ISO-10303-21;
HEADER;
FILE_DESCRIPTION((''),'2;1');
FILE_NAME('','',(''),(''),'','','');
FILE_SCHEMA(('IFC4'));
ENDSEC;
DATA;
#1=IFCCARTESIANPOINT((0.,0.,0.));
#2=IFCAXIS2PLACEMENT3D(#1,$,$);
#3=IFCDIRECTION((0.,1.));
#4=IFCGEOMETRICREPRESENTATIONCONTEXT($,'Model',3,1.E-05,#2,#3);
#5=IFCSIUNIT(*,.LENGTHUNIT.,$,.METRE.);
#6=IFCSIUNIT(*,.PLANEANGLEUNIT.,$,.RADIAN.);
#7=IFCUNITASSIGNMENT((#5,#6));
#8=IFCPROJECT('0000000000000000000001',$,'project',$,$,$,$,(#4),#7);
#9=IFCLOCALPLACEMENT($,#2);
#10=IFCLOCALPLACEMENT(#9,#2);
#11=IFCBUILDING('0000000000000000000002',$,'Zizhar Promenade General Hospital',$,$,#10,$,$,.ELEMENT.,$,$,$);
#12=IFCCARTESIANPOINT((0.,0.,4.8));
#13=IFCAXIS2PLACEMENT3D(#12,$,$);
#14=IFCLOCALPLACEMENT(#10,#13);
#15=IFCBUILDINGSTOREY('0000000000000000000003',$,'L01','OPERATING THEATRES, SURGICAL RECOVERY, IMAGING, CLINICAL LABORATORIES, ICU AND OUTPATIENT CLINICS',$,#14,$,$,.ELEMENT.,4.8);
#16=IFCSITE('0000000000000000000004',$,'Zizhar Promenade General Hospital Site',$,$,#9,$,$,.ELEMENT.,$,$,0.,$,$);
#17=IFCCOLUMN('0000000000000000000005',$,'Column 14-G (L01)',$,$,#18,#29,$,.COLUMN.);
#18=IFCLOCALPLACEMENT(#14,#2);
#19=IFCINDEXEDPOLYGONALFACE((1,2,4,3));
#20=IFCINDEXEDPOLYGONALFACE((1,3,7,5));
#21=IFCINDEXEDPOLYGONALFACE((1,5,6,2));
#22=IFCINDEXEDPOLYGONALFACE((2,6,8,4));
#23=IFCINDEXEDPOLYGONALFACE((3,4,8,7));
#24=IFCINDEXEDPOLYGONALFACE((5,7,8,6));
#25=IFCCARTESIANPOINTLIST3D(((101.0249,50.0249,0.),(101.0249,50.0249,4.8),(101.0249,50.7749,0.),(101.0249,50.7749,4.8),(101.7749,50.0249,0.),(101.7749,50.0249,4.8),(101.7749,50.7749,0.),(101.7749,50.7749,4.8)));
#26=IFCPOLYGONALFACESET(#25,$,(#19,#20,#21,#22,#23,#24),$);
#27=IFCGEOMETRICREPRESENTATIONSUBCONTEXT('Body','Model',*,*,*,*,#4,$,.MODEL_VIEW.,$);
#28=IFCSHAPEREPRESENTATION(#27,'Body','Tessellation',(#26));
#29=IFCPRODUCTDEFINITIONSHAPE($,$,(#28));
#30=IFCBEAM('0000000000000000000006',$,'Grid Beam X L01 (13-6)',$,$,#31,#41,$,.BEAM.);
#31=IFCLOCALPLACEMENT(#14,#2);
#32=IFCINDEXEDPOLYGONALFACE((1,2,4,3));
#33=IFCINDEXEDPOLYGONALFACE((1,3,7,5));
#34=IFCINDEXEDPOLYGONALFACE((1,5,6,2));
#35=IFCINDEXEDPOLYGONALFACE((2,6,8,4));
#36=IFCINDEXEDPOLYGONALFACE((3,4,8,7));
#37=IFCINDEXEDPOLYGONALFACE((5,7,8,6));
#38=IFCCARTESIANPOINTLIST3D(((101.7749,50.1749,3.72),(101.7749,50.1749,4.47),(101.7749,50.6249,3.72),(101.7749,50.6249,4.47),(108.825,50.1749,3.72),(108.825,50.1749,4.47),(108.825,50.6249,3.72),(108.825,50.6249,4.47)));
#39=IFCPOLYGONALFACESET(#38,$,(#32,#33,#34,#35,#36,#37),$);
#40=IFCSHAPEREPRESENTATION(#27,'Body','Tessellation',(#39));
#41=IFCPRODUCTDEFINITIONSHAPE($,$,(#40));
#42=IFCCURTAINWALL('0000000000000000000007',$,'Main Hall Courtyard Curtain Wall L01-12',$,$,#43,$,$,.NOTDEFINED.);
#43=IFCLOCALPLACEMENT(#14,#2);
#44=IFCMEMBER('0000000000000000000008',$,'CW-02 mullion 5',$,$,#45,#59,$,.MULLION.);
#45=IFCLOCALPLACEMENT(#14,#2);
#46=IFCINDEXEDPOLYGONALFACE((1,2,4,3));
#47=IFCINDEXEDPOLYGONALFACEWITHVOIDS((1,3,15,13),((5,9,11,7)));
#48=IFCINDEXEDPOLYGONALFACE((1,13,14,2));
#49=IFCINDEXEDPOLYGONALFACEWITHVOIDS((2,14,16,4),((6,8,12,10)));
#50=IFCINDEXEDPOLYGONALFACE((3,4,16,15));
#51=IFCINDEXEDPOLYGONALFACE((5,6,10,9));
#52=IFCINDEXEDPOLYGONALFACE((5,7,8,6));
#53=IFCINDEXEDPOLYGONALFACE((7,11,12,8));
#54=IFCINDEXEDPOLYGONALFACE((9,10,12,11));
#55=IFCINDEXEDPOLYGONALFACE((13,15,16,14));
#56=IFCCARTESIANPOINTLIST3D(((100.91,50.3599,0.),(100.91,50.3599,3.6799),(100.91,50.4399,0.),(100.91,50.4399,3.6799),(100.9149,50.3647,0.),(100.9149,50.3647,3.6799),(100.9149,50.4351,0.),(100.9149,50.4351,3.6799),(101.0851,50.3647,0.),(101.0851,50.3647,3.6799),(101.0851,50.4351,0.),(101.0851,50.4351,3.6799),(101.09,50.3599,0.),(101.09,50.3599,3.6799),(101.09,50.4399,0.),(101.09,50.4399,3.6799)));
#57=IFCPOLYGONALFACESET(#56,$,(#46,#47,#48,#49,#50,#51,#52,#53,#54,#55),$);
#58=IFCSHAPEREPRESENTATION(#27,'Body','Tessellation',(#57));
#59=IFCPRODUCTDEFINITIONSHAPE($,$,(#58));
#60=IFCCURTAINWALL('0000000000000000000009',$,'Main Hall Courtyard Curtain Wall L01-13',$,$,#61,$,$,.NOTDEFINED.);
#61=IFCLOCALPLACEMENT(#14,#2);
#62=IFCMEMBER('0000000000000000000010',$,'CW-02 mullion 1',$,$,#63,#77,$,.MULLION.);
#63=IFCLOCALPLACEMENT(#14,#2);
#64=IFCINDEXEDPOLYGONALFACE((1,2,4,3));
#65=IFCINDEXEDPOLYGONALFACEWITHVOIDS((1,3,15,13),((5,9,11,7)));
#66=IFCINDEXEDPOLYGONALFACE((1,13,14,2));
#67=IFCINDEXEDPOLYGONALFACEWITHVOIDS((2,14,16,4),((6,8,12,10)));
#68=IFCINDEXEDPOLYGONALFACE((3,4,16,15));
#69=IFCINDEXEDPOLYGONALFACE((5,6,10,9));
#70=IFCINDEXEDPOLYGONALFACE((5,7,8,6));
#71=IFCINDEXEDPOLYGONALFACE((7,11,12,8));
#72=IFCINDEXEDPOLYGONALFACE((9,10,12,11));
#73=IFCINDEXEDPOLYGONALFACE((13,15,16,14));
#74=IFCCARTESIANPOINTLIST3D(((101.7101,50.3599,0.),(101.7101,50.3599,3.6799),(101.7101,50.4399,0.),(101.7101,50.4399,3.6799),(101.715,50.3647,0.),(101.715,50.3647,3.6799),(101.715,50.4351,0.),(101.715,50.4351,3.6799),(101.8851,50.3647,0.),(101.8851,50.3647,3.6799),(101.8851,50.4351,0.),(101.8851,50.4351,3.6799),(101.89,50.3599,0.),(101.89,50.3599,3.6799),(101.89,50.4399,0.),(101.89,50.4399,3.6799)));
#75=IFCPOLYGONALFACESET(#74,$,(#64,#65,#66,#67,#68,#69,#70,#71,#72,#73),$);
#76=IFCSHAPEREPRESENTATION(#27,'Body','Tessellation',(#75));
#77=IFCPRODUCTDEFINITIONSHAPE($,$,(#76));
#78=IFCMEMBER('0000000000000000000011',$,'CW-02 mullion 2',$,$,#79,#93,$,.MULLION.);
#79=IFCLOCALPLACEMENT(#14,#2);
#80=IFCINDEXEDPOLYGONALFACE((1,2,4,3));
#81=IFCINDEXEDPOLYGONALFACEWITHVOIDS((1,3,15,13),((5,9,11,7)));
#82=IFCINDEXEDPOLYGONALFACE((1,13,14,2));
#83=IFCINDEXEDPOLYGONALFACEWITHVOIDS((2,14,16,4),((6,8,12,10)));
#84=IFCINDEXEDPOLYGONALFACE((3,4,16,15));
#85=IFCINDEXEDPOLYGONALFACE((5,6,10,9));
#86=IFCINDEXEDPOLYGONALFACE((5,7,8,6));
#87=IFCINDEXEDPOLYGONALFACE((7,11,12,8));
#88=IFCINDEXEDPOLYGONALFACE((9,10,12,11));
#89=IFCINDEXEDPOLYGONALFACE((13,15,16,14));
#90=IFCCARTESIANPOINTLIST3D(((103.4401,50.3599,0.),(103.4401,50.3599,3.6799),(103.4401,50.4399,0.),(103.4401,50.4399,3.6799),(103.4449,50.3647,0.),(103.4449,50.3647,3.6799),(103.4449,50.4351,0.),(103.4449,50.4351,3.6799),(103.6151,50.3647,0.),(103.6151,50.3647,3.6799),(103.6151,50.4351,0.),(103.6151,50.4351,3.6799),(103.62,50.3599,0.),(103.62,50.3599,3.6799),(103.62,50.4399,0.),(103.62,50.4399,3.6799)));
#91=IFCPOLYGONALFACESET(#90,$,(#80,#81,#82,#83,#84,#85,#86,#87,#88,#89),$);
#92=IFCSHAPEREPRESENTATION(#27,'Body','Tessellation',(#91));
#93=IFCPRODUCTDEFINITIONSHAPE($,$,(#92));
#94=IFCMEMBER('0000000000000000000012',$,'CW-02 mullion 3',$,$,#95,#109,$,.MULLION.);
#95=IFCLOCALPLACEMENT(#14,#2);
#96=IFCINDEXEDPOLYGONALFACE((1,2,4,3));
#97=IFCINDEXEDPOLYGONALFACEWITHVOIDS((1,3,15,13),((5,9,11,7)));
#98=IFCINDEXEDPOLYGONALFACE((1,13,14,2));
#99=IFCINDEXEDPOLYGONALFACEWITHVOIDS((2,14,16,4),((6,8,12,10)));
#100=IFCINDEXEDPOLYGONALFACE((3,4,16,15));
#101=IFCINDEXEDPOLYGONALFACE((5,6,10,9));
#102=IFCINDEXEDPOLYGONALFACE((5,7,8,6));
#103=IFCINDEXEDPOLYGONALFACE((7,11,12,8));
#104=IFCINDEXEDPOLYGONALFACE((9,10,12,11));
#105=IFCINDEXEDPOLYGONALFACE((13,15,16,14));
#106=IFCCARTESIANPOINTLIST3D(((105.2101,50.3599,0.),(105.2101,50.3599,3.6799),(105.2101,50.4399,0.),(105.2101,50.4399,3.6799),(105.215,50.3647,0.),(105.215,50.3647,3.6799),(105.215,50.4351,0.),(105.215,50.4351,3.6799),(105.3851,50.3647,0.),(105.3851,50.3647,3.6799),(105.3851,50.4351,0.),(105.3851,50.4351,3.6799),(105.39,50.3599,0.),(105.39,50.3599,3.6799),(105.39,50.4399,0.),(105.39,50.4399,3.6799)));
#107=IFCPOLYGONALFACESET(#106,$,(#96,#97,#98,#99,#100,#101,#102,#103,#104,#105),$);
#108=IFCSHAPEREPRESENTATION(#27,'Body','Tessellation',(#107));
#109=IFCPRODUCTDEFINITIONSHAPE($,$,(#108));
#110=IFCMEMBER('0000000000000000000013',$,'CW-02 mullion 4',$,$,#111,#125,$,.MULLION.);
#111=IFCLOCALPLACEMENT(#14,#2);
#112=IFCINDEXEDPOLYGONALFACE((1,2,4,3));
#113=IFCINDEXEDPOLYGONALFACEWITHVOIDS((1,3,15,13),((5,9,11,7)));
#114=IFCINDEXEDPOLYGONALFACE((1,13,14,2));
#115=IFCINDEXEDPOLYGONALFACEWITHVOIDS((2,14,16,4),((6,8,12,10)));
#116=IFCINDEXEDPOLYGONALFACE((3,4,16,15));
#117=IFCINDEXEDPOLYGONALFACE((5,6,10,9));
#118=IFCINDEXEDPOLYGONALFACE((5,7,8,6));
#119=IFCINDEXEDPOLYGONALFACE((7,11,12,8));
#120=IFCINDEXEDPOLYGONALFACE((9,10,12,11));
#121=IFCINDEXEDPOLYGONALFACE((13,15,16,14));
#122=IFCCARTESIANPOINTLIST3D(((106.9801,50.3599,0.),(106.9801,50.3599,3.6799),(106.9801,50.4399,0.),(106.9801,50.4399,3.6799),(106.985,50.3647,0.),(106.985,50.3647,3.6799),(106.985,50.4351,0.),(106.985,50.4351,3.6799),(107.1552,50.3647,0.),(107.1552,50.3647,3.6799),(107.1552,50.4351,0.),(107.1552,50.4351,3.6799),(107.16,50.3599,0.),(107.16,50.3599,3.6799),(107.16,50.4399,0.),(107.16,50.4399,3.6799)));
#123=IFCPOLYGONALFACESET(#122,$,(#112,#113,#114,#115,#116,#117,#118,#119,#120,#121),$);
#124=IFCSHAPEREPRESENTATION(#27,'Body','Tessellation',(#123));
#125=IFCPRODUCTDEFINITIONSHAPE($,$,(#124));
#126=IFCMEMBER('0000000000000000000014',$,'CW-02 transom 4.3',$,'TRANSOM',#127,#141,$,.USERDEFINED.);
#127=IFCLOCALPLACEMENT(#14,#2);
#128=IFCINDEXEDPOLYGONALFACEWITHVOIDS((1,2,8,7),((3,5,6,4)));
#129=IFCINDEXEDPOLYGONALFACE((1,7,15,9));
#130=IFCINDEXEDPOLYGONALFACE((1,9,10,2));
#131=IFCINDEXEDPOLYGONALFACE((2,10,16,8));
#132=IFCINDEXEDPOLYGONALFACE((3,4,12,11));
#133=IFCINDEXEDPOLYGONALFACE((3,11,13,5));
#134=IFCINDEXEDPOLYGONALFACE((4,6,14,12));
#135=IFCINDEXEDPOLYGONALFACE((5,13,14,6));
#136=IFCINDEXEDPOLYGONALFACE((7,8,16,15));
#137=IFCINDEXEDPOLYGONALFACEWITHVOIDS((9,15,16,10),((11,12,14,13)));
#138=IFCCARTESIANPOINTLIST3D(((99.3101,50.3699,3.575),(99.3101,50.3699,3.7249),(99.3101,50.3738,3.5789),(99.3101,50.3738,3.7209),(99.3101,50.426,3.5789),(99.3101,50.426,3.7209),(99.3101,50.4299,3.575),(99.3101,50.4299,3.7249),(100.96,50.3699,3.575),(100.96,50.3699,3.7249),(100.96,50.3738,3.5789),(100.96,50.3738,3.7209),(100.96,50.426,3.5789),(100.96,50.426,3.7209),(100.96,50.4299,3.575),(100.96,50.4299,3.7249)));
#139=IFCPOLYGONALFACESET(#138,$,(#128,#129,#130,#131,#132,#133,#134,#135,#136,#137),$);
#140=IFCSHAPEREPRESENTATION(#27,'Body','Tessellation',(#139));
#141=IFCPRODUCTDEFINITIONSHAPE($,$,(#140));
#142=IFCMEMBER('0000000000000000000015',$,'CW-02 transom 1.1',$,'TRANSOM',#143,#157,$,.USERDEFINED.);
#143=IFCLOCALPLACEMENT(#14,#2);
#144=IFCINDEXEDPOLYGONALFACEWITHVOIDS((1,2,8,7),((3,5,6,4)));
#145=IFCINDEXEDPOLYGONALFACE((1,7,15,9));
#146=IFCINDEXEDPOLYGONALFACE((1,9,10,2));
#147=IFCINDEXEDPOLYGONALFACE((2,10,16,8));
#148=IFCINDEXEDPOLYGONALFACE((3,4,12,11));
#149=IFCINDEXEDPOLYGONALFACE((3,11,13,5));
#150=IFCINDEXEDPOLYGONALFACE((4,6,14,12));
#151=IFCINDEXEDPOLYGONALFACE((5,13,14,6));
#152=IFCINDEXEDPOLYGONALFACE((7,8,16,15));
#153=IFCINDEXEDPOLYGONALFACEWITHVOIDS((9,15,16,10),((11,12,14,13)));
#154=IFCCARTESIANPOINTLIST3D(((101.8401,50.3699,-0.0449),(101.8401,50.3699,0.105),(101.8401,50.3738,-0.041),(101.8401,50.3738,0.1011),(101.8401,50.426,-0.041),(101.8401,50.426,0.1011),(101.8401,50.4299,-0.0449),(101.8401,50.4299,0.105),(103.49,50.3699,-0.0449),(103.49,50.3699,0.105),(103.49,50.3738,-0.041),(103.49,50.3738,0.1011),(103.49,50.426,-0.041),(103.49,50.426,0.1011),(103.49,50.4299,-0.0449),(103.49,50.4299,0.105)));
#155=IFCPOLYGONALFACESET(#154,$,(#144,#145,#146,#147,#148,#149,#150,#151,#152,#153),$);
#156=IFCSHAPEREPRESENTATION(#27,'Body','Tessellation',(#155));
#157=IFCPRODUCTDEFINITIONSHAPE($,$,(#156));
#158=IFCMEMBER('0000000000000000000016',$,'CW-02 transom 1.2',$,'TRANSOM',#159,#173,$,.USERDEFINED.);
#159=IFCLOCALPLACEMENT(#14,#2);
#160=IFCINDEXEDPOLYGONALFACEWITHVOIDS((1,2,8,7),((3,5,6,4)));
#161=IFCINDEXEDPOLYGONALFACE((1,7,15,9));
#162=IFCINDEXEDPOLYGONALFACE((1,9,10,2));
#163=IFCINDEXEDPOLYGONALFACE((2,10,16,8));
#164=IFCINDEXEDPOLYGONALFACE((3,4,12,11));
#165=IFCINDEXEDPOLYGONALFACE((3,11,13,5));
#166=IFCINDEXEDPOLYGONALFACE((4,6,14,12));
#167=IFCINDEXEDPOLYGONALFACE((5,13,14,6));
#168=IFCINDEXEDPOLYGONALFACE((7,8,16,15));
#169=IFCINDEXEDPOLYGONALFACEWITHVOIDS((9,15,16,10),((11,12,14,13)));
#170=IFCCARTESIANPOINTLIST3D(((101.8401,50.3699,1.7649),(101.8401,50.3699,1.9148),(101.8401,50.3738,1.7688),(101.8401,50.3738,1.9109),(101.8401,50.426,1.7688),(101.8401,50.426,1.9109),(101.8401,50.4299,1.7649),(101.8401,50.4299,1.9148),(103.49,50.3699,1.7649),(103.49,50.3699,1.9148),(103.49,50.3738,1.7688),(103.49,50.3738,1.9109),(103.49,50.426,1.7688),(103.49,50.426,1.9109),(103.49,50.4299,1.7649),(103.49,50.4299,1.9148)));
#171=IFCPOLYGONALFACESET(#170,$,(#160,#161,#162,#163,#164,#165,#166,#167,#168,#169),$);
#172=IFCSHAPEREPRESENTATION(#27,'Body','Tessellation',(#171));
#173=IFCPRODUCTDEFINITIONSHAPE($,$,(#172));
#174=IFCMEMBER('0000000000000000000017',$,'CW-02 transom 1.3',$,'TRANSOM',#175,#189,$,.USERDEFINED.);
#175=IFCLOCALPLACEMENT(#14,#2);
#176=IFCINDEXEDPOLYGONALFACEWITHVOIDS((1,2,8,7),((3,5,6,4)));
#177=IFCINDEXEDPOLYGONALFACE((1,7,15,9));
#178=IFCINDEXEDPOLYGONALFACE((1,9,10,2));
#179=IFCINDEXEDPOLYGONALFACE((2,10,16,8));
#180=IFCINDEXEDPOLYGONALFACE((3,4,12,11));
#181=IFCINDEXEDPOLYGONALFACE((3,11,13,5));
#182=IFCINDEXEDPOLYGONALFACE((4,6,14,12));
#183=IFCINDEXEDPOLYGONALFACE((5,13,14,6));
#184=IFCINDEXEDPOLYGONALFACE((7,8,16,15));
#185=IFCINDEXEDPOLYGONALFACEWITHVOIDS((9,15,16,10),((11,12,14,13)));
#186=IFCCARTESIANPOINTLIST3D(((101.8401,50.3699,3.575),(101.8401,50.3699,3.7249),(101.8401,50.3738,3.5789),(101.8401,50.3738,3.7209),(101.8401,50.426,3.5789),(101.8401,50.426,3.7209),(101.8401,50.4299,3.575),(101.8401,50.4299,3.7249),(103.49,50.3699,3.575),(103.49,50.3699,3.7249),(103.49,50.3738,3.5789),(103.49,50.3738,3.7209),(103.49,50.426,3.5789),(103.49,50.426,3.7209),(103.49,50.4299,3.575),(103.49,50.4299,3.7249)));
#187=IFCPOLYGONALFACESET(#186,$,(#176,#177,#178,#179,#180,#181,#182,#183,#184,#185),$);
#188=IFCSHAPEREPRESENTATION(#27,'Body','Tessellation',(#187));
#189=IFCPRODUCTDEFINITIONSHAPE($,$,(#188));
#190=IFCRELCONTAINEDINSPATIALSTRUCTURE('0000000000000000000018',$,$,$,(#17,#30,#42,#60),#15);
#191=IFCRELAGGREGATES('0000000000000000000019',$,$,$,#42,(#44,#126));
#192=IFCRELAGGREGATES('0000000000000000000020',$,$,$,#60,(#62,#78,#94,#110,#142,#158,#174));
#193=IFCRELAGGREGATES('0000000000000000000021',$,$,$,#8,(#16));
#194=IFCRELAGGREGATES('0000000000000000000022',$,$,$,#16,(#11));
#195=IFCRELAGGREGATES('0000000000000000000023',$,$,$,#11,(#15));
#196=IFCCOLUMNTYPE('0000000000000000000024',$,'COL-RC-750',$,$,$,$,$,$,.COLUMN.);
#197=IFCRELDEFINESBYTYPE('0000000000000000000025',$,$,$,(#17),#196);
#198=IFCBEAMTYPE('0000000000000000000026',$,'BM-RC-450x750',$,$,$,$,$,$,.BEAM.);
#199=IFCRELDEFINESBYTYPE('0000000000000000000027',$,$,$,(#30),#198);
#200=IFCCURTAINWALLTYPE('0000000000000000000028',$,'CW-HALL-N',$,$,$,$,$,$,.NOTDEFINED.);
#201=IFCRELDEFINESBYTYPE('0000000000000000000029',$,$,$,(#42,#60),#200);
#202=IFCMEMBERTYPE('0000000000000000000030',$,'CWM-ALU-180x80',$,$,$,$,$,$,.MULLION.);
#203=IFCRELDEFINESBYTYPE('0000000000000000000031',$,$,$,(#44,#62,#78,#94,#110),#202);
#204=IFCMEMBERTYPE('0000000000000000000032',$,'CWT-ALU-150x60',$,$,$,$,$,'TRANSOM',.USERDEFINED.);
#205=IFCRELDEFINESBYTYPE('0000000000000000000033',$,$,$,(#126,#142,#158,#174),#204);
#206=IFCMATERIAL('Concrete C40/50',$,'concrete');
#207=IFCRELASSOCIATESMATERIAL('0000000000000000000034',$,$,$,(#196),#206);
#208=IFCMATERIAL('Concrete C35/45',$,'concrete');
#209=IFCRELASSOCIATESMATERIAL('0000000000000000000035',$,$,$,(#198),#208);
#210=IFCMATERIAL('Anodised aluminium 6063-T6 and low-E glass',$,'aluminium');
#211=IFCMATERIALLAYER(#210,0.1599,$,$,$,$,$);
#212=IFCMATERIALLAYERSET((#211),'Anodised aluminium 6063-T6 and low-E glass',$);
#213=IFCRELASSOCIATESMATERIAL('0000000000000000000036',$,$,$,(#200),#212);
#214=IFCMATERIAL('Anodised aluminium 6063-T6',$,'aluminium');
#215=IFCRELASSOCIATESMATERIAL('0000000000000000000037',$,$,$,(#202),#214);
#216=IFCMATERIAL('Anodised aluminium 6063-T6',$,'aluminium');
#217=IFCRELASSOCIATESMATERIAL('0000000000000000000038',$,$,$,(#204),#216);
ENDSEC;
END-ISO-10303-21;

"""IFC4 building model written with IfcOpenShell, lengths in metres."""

from ifc_helpers import new_model, si_unit, direction, frame, origin, origin_2d, place, context, subcontext, project, spatial, rectangle, hollow_rectangle, extrude, material, layer, layer_set, material_profile, profile_set, type_object, element, aggregate, save


model = new_model("IFC4")

# Units and contexts
model_context = context("Model", 3, precision=1e-05, world=origin(), true_north=direction((0.0, 1.0)))
body_context = subcontext(model_context, "Body", "Model", "MODEL_VIEW")
ifc_project = project(units=[si_unit("LENGTHUNIT", "METRE"), si_unit("PLANEANGLEUNIT", "RADIAN")], contexts=[model_context])

# Site, building, storey
site_placement = place(None, origin())
site = spatial("IfcSite", under=ifc_project, at=site_placement, Name="Zizhar Promenade General Hospital Site", CompositionType="ELEMENT", RefElevation=0.0)
building_placement = place(site_placement, origin())
building = spatial("IfcBuilding", under=site, at=building_placement, Name="Zizhar Promenade General Hospital", CompositionType="ELEMENT")
storey_placement = place(building_placement, frame((0.0, 0.0, 4.8)))
storey = spatial("IfcBuildingStorey", under=building, at=storey_placement, Name="L01", Description="OPERATING THEATRES, SURGICAL RECOVERY, IMAGING, CLINICAL LABORATORIES, ICU AND OUTPATIENT CLINICS", CompositionType="ELEMENT", Elevation=4.8)

# Column
ifc_material_1 = material(Name="Concrete C40/50", Category="concrete")
ifc_material_profile_1 = material_profile(ifc_material_1, rectangle(XDim=0.75, YDim=0.75, at=origin_2d()))
ifc_profile_set_1 = profile_set([ifc_material_profile_1], Name="Concrete C40/50")
column_type = type_object("IfcColumnType", Name="COL-RC-750", PredefinedType="COLUMN", material=ifc_profile_set_1)
column_placement = place(storey_placement, frame((101.3999, 50.3999, 0.0), z_axis=(0.0, 0.0, 1.0), x_axis=(1.0, 0.0, 0.0)))
element("IfcColumn", 1, at=column_placement, inside=storey, type_object=column_type, Name="Column 14-G (L01)", PredefinedType="COLUMN", context=body_context, shape_type="SweptSolid", body=[
    extrude(rectangle(XDim=0.75, YDim=0.75, at=origin_2d()), origin(), (0.0, 0.0, 1.0), 4.8),
])

# Beam
ifc_material_2 = material(Name="Concrete C35/45", Category="concrete")
ifc_material_profile_2 = material_profile(ifc_material_2, rectangle(XDim=0.45, YDim=0.75, at=origin_2d()))
ifc_profile_set_2 = profile_set([ifc_material_profile_2], Name="Concrete C35/45")
beam_type = type_object("IfcBeamType", Name="BM-RC-450x750", PredefinedType="BEAM", material=ifc_profile_set_2)
beam_placement = place(storey_placement, frame((101.7749, 50.3999, 4.095), z_axis=(1.0, 0.0, 0.0), x_axis=(0.0, 1.0, 0.0)))
element("IfcBeam", 2, at=beam_placement, inside=storey, type_object=beam_type, Name="Grid Beam X L01 (13-6)", PredefinedType="BEAM", context=body_context, shape_type="SweptSolid", body=[
    extrude(rectangle(XDim=0.45, YDim=0.75, at=origin_2d()), origin(), (0.0, 0.0, 1.0), 7.05),
])

# Curtain wall, member
ifc_material_3 = material(Name="Anodised aluminium 6063-T6 and low-E glass", Category="aluminium")
ifc_layer_1 = layer(ifc_material_3, 0.1599)
ifc_layer_set_1 = layer_set([ifc_layer_1], Name="Anodised aluminium 6063-T6 and low-E glass")
curtain_wall_type = type_object("IfcCurtainWallType", Name="CW-HALL-N", PredefinedType="NOTDEFINED", material=ifc_layer_set_1)
curtain_wall_1_placement = place(storey_placement, origin())
curtain_wall_1 = element("IfcCurtainWall", 3, at=curtain_wall_1_placement, inside=storey, type_object=curtain_wall_type, Name="Main Hall Courtyard Curtain Wall L01-12", PredefinedType="NOTDEFINED")
ifc_material_4 = material(Name="Anodised aluminium 6063-T6", Category="aluminium")
ifc_material_profile_3 = material_profile(ifc_material_4, hollow_rectangle(XDim=0.0801, YDim=0.1799, WallThickness=0.0049, at=origin_2d()))
ifc_profile_set_3 = profile_set([ifc_material_profile_3], Name="Anodised aluminium 6063-T6")
member_type_1 = type_object("IfcMemberType", Name="CWM-ALU-180x80", PredefinedType="MULLION", material=ifc_profile_set_3)
member_1_placement = place(storey_placement, frame((101.0, 50.3999, 0.0), z_axis=(0.0, 0.0, 1.0), x_axis=(0.0, 1.0, 0.0)))
member_1 = element("IfcMember", 4, at=member_1_placement, type_object=member_type_1, Name="CW-02 mullion 5", PredefinedType="MULLION", context=body_context, shape_type="SweptSolid", body=[
    extrude(hollow_rectangle(XDim=0.0801, YDim=0.1799, WallThickness=0.0049, at=origin_2d()), origin(), (0.0, 0.0, 1.0), 3.6799),
])

# Curtain wall, members
curtain_wall_2_placement = place(storey_placement, origin())
curtain_wall_2 = element("IfcCurtainWall", 5, at=curtain_wall_2_placement, inside=storey, type_object=curtain_wall_type, Name="Main Hall Courtyard Curtain Wall L01-13", PredefinedType="NOTDEFINED")
member_2_placement = place(storey_placement, frame((101.8, 50.3999, 0.0), z_axis=(0.0, 0.0, 1.0), x_axis=(0.0, 1.0, 0.0)))
member_2 = element("IfcMember", 6, at=member_2_placement, type_object=member_type_1, Name="CW-02 mullion 1", PredefinedType="MULLION", context=body_context, shape_type="SweptSolid", body=[
    extrude(hollow_rectangle(XDim=0.0801, YDim=0.1799, WallThickness=0.0049, at=origin_2d()), origin(), (0.0, 0.0, 1.0), 3.6799),
])
member_3_placement = place(storey_placement, frame((103.53, 50.3999, 0.0), z_axis=(0.0, 0.0, 1.0), x_axis=(0.0, 1.0, 0.0)))
member_3 = element("IfcMember", 7, at=member_3_placement, type_object=member_type_1, Name="CW-02 mullion 2", PredefinedType="MULLION", context=body_context, shape_type="SweptSolid", body=[
    extrude(hollow_rectangle(XDim=0.0801, YDim=0.1799, WallThickness=0.0049, at=origin_2d()), origin(), (0.0, 0.0, 1.0), 3.6799),
])
member_4_placement = place(storey_placement, frame((105.3, 50.3999, 0.0), z_axis=(0.0, 0.0, 1.0), x_axis=(0.0, 1.0, 0.0)))
member_4 = element("IfcMember", 8, at=member_4_placement, type_object=member_type_1, Name="CW-02 mullion 3", PredefinedType="MULLION", context=body_context, shape_type="SweptSolid", body=[
    extrude(hollow_rectangle(XDim=0.0801, YDim=0.1799, WallThickness=0.0049, at=origin_2d()), origin(), (0.0, 0.0, 1.0), 3.6799),
])
member_5_placement = place(storey_placement, frame((107.0701, 50.3999, 0.0), z_axis=(0.0, 0.0, 1.0), x_axis=(0.0, 1.0, 0.0)))
member_5 = element("IfcMember", 9, at=member_5_placement, type_object=member_type_1, Name="CW-02 mullion 4", PredefinedType="MULLION", context=body_context, shape_type="SweptSolid", body=[
    extrude(hollow_rectangle(XDim=0.0801, YDim=0.1799, WallThickness=0.0049, at=origin_2d()), origin(), (0.0, 0.0, 1.0), 3.6799),
])

# Members
ifc_material_5 = material(Name="Anodised aluminium 6063-T6", Category="aluminium")
ifc_material_profile_4 = material_profile(ifc_material_5, hollow_rectangle(XDim=0.0601, YDim=0.1499, WallThickness=0.0039, at=origin_2d()))
ifc_profile_set_4 = profile_set([ifc_material_profile_4], Name="Anodised aluminium 6063-T6")
member_type_2 = type_object("IfcMemberType", Name="CWT-ALU-150x60", ElementType="TRANSOM", PredefinedType="USERDEFINED", material=ifc_profile_set_4)
member_6_placement = place(storey_placement, frame((99.3101, 50.3999, 3.6499), z_axis=(1.0, 0.0, 0.0), x_axis=(0.0, 1.0, 0.0)))
member_6 = element("IfcMember", 10, at=member_6_placement, type_object=member_type_2, Name="CW-02 transom 4.3", ObjectType="TRANSOM", PredefinedType="USERDEFINED", context=body_context, shape_type="SweptSolid", body=[
    extrude(hollow_rectangle(XDim=0.0601, YDim=0.1499, WallThickness=0.0039, at=origin_2d()), origin(), (0.0, 0.0, 1.0), 1.6499),
])
member_7_placement = place(storey_placement, frame((101.8401, 50.3999, 0.03), z_axis=(1.0, 0.0, 0.0), x_axis=(0.0, 1.0, 0.0)))
member_7 = element("IfcMember", 11, at=member_7_placement, type_object=member_type_2, Name="CW-02 transom 1.1", ObjectType="TRANSOM", PredefinedType="USERDEFINED", context=body_context, shape_type="SweptSolid", body=[
    extrude(hollow_rectangle(XDim=0.0601, YDim=0.1499, WallThickness=0.0039, at=origin_2d()), origin(), (0.0, 0.0, 1.0), 1.6499),
])
member_8_placement = place(storey_placement, frame((101.8401, 50.3999, 1.8398), z_axis=(1.0, 0.0, 0.0), x_axis=(0.0, 1.0, 0.0)))
member_8 = element("IfcMember", 12, at=member_8_placement, type_object=member_type_2, Name="CW-02 transom 1.2", ObjectType="TRANSOM", PredefinedType="USERDEFINED", context=body_context, shape_type="SweptSolid", body=[
    extrude(hollow_rectangle(XDim=0.0601, YDim=0.1499, WallThickness=0.0039, at=origin_2d()), origin(), (0.0, 0.0, 1.0), 1.6499),
])
member_9_placement = place(storey_placement, frame((101.8401, 50.3999, 3.6499), z_axis=(1.0, 0.0, 0.0), x_axis=(0.0, 1.0, 0.0)))
member_9 = element("IfcMember", 13, at=member_9_placement, type_object=member_type_2, Name="CW-02 transom 1.3", ObjectType="TRANSOM", PredefinedType="USERDEFINED", context=body_context, shape_type="SweptSolid", body=[
    extrude(hollow_rectangle(XDim=0.0601, YDim=0.1499, WallThickness=0.0039, at=origin_2d()), origin(), (0.0, 0.0, 1.0), 1.6499),
])

aggregate(curtain_wall_1, [member_1, member_6])
aggregate(curtain_wall_2, [member_2, member_3, member_4, member_5, member_7, member_8, member_9])

save(model, "model.ifc")
